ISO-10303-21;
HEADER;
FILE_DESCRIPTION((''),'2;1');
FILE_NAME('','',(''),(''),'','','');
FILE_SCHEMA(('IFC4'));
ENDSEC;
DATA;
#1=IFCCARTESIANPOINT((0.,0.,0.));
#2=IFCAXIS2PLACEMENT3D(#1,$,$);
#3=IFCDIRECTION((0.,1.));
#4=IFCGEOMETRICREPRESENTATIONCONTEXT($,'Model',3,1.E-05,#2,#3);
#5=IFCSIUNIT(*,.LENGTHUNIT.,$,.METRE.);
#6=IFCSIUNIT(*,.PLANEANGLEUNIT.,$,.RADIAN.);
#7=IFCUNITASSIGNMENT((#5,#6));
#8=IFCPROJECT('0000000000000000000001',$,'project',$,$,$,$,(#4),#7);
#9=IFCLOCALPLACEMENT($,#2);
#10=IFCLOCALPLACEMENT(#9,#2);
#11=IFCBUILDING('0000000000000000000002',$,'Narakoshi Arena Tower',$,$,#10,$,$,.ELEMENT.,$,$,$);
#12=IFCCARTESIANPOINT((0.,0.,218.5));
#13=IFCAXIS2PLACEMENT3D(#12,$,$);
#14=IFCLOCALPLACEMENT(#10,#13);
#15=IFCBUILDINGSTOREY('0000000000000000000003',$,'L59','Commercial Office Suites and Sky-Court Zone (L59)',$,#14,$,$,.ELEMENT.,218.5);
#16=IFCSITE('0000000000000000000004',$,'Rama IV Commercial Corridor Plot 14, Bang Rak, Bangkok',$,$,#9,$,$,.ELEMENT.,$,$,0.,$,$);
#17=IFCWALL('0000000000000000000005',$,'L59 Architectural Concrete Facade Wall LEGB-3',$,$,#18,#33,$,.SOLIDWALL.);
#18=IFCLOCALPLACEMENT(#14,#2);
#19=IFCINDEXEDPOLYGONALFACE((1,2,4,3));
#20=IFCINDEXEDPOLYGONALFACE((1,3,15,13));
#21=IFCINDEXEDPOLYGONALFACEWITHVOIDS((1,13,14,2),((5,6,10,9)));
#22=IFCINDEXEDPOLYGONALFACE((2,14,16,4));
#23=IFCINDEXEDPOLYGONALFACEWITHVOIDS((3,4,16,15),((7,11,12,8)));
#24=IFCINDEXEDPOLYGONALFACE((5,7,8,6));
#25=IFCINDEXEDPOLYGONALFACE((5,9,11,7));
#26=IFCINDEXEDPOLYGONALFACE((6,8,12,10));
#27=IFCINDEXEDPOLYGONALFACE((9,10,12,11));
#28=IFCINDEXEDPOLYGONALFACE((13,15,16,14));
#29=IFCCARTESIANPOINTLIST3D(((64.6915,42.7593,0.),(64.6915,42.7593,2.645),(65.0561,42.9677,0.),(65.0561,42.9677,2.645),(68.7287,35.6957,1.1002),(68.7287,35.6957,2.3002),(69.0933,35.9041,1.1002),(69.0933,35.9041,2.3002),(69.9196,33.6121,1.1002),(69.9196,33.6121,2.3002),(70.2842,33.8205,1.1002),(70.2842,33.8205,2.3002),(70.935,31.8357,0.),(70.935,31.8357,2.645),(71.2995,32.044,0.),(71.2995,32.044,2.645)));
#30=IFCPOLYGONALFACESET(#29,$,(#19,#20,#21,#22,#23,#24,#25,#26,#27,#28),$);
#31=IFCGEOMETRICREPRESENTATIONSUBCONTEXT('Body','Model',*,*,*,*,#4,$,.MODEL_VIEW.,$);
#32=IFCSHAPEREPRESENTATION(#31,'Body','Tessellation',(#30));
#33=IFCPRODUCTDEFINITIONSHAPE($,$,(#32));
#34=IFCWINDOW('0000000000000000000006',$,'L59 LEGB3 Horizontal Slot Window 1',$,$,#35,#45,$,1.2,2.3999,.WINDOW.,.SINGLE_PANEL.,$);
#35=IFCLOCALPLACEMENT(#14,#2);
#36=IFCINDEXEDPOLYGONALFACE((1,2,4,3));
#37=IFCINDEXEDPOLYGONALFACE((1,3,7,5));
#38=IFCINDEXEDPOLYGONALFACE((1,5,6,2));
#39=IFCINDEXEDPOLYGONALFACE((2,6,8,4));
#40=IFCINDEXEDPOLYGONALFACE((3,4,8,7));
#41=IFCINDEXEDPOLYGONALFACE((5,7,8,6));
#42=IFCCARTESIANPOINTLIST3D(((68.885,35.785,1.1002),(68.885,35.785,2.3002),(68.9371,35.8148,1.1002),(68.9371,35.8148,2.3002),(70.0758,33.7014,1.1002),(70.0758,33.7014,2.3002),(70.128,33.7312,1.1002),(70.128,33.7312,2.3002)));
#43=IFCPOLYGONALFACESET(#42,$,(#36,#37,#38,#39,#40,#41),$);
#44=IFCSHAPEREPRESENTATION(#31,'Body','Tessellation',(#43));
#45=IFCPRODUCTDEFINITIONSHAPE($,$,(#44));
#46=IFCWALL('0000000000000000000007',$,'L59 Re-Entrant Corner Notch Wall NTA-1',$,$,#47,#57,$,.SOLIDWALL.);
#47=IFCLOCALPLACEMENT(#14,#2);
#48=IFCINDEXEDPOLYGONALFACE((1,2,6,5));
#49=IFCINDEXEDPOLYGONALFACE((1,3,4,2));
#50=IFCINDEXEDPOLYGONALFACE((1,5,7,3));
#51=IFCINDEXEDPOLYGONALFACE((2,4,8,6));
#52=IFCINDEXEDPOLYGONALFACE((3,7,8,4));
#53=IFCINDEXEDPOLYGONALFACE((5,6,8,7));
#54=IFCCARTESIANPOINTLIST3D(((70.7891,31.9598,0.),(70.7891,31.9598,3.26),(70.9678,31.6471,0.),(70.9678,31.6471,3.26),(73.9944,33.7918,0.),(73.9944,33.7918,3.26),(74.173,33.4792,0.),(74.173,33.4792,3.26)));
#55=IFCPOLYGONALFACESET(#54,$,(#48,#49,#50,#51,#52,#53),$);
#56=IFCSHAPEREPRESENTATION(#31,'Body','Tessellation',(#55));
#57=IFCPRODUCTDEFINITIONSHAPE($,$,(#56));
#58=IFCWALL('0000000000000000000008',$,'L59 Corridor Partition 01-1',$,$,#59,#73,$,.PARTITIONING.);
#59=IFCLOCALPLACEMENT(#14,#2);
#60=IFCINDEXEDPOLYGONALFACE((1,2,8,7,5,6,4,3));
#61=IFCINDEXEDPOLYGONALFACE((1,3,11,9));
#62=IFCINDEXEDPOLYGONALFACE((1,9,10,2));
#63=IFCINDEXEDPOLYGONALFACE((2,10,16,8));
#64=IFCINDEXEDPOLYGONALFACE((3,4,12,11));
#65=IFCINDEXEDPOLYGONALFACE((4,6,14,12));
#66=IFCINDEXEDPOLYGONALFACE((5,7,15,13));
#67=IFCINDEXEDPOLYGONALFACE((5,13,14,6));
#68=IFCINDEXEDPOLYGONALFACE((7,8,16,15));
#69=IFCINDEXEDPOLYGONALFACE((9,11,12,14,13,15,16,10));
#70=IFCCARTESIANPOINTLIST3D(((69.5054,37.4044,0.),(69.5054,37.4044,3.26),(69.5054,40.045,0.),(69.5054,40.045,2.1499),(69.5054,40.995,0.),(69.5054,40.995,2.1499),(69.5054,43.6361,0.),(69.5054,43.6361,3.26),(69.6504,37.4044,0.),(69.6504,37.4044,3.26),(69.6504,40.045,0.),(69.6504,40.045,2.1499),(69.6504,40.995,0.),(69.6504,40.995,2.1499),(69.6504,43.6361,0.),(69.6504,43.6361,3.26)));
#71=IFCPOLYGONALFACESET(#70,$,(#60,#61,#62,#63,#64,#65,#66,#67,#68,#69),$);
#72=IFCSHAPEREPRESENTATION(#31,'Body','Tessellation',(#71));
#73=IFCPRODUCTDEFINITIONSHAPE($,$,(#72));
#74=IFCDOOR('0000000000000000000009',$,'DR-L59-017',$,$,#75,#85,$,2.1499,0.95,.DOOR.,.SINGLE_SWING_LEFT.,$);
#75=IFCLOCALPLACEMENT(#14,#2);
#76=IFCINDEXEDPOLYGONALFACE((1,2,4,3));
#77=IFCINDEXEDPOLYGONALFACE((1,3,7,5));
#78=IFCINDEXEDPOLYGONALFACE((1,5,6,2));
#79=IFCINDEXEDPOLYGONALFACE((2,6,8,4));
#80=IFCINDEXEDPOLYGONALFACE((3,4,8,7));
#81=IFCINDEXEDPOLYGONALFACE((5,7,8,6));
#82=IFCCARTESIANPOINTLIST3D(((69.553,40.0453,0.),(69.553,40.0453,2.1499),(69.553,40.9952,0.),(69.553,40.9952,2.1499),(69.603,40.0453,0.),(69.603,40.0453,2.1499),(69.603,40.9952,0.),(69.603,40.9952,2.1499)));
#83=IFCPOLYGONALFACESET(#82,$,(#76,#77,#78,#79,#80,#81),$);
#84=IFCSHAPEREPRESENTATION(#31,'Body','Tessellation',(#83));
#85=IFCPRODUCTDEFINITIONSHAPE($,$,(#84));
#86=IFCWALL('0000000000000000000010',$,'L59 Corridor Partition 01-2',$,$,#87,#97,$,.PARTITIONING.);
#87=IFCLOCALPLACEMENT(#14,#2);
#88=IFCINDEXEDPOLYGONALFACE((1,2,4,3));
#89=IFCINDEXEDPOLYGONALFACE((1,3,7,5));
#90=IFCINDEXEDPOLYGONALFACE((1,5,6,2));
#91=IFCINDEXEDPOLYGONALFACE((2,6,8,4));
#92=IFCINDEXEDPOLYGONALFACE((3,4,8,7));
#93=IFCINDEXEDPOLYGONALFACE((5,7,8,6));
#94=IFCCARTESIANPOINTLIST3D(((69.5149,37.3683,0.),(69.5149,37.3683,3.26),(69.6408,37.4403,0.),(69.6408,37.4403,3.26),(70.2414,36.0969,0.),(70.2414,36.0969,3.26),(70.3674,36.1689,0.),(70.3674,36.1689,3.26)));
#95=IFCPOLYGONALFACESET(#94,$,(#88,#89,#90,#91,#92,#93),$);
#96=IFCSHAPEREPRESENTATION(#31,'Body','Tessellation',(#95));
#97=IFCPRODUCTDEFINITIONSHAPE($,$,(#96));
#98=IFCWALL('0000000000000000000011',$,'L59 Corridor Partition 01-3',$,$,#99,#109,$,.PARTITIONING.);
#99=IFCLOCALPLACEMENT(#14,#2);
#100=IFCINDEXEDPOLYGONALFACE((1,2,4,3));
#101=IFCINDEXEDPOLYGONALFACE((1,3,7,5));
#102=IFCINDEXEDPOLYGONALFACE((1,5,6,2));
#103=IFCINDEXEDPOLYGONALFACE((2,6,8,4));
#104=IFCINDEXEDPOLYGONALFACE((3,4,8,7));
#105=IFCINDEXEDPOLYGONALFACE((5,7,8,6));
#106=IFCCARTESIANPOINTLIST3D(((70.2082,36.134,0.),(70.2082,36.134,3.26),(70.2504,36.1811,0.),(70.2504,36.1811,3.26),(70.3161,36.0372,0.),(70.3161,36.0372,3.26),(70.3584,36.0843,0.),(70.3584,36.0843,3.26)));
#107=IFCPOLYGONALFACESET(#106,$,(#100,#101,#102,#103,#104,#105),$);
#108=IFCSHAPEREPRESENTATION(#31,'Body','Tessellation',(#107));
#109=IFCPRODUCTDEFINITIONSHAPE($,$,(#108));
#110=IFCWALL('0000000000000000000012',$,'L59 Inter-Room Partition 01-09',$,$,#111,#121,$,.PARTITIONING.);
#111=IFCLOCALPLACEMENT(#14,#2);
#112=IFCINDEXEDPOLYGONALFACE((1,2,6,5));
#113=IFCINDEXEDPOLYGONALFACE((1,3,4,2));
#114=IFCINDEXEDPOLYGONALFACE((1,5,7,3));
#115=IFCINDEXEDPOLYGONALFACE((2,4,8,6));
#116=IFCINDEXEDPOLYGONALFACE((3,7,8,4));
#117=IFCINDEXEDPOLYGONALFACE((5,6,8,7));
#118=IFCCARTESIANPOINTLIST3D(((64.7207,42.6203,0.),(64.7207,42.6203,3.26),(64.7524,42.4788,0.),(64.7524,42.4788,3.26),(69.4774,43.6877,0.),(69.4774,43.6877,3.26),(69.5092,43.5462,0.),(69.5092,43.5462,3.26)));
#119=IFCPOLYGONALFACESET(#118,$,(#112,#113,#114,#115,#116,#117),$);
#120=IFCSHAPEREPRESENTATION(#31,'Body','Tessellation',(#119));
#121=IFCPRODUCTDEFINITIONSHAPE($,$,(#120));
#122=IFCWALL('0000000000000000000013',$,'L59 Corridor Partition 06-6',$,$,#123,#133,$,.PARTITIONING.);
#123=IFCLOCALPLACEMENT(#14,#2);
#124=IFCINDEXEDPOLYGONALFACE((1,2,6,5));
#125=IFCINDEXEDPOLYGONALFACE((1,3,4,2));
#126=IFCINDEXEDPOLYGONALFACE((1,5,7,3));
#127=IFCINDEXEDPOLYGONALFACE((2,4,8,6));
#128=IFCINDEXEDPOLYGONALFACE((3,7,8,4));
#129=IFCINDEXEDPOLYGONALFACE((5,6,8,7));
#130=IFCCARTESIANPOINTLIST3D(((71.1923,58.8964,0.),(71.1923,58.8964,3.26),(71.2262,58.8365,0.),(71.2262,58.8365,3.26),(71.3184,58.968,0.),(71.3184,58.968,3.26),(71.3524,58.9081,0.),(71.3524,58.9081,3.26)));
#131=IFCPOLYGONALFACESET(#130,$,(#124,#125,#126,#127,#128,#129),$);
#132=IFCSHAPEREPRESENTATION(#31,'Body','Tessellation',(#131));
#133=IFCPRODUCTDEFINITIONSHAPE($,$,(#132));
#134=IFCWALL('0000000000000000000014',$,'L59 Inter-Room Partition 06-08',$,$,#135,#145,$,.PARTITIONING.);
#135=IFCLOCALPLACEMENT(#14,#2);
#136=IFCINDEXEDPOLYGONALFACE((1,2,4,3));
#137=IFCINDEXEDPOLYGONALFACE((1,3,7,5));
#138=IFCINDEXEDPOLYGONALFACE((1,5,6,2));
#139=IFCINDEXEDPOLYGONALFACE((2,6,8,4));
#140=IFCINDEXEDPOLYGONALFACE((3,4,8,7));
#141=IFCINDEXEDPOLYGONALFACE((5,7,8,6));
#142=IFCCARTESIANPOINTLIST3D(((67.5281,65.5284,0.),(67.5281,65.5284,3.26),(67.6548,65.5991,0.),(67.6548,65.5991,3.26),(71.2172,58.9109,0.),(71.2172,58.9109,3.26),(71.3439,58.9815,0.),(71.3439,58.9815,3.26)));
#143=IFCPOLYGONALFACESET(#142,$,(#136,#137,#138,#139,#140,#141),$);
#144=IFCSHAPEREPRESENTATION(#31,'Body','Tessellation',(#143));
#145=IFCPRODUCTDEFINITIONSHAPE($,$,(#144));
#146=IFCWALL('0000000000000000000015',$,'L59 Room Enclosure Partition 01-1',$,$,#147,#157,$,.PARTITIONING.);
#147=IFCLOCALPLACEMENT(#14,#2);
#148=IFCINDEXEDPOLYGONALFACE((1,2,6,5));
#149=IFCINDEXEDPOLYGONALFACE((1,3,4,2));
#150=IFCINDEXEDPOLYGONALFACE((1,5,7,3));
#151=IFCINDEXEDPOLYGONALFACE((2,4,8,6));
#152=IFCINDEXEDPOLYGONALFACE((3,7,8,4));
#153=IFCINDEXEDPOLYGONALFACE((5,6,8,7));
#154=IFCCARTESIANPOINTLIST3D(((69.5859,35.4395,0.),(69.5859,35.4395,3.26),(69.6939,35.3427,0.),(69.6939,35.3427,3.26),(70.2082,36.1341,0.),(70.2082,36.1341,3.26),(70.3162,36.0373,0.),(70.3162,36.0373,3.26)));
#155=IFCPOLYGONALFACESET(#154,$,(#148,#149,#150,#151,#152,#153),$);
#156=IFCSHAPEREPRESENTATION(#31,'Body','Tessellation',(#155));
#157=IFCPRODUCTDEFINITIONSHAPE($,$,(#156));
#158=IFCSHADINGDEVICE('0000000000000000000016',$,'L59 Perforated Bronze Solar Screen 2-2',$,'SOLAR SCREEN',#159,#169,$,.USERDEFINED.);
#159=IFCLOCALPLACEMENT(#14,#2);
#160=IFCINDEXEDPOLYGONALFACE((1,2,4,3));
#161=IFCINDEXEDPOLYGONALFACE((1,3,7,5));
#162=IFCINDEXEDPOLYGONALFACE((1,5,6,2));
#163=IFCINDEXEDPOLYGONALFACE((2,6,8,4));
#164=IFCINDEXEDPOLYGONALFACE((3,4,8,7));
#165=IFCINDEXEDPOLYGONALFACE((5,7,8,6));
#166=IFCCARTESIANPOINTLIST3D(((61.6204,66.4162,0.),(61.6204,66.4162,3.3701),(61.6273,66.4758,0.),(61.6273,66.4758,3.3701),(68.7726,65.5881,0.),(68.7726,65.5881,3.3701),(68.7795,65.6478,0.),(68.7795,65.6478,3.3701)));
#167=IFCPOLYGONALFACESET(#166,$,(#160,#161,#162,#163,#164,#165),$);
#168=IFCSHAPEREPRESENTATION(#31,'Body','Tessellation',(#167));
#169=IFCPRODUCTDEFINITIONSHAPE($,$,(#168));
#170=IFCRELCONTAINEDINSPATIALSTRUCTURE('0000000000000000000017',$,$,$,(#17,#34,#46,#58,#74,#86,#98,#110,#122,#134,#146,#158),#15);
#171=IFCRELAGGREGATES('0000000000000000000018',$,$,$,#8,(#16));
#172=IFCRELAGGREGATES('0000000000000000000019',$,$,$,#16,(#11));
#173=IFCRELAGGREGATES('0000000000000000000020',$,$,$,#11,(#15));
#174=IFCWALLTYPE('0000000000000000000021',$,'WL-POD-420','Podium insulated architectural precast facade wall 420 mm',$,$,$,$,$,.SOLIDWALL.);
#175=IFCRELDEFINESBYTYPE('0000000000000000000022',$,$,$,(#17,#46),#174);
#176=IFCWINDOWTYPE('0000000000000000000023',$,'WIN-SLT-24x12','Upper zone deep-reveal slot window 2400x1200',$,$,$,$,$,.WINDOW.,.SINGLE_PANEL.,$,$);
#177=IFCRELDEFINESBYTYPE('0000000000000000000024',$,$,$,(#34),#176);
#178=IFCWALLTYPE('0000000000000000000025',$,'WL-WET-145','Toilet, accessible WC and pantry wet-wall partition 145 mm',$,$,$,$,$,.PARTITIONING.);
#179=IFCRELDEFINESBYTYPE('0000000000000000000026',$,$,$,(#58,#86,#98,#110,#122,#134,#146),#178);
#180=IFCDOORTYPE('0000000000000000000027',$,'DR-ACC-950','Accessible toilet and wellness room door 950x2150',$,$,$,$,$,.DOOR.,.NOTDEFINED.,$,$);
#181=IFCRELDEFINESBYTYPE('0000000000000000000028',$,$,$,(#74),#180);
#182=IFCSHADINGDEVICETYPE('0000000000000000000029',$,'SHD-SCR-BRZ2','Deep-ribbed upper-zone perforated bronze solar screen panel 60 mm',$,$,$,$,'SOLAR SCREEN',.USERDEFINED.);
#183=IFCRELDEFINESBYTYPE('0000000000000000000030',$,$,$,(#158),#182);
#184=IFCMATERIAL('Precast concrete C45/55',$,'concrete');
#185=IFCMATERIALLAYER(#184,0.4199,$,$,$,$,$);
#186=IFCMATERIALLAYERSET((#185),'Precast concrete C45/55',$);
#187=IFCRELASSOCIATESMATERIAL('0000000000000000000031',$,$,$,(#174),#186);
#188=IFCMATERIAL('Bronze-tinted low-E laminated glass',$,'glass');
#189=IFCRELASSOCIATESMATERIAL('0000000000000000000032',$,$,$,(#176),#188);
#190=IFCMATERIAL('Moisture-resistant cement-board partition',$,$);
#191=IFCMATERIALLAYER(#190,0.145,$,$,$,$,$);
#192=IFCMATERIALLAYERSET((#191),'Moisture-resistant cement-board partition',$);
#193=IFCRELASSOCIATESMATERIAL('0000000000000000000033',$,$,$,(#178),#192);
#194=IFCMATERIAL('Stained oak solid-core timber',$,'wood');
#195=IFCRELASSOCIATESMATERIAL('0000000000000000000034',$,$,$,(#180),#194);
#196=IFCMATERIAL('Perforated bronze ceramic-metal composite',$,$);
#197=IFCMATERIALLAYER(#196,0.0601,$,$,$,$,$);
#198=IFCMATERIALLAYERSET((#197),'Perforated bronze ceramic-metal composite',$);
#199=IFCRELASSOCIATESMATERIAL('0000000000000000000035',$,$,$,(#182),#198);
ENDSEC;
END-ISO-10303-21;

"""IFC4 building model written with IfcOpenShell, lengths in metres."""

from ifc_helpers import new_model, si_unit, direction, frame, frame_2d, origin, origin_2d, place, context, subcontext, project, spatial, rectangle, extrude, material, layer, layer_set, type_object, element, fill, save


model = new_model("IFC4")

# Units and contexts
model_context = context("Model", 3, precision=1e-05, world=origin(), true_north=direction((0.0, 1.0)))
body_context = subcontext(model_context, "Body", "Model", "MODEL_VIEW")
ifc_project = project(units=[si_unit("LENGTHUNIT", "METRE"), si_unit("PLANEANGLEUNIT", "RADIAN")], contexts=[model_context])

# Site, building, storey
site_placement = place(None, origin())
site = spatial("IfcSite", under=ifc_project, at=site_placement, Name="Rama IV Commercial Corridor Plot 14, Bang Rak, Bangkok", CompositionType="ELEMENT", RefElevation=0.0)
building_placement = place(site_placement, origin())
building = spatial("IfcBuilding", under=site, at=building_placement, Name="Narakoshi Arena Tower", CompositionType="ELEMENT")
storey_placement = place(building_placement, frame((0.0, 0.0, 218.5)))
storey = spatial("IfcBuildingStorey", under=building, at=storey_placement, Name="L59", Description="Commercial Office Suites and Sky-Court Zone (L59)", CompositionType="ELEMENT", Elevation=218.5)

# Shared definitions
ifc_material_1 = material(Name="Bronze-tinted low-E laminated glass", Category="glass")

# Shared definitions
ifc_material_2 = material(Name="Stained oak solid-core timber", Category="wood")

# Wall, opening, window
ifc_material_3 = material(Name="Precast concrete C45/55", Category="concrete")
ifc_layer_1 = layer(ifc_material_3, 0.4199)
ifc_layer_set_1 = layer_set([ifc_layer_1], Name="Precast concrete C45/55")
wall_type_1 = type_object("IfcWallType", Name="WL-POD-420", Description="Podium insulated architectural precast facade wall 420 mm", PredefinedType="SOLIDWALL", material=ifc_layer_set_1)
wall_1_placement = place(storey_placement, frame((64.8738, 42.8635, 0.0), z_axis=(0.0, 0.0, 1.0), x_axis=(0.49622, -0.868197, 0.0)))
wall_1 = element("IfcWall", 1, at=wall_1_placement, inside=storey, type_object=wall_type_1, Name="L59 Architectural Concrete Facade Wall LEGB-3", PredefinedType="SOLIDWALL", context=body_context, shape_type="SweptSolid", body=[
    extrude(rectangle(XDim=12.582, YDim=0.4199, at=frame_2d((6.291, 0.0))), origin(), (0.0, 0.0, 1.0), 2.645),
])
opening_1_placement = place(wall_1_placement, frame((8.136, 0.0, 1.1001)))
opening_1 = element("IfcOpeningElement", 2, at=opening_1_placement, cuts=wall_1, PredefinedType="OPENING", context=body_context, shape_type="SweptSolid", body=[
    extrude(rectangle(XDim=2.3999, YDim=1.2, at=frame_2d((1.2, 0.6001))), frame((0.0, 0.22, 0.0), z_axis=(0.0, -1.0, 0.0), x_axis=(1.0, 0.0, 0.0)), (0.0, 0.0, 1.0), 0.4399),
])
window_type = type_object("IfcWindowType", Name="WIN-SLT-24x12", Description="Upper zone deep-reveal slot window 2400x1200", PartitioningType="SINGLE_PANEL", PredefinedType="WINDOW", material=ifc_material_1)
window_placement = place(opening_1_placement, origin())
window = element("IfcWindow", 3, at=window_placement, inside=storey, type_object=window_type, Name="L59 LEGB3 Horizontal Slot Window 1", OverallHeight=1.2, OverallWidth=2.3999, PartitioningType="SINGLE_PANEL", PredefinedType="WINDOW", context=body_context, shape_type="SweptSolid", body=[
    extrude(rectangle(XDim=2.3999, YDim=1.2, at=frame_2d((1.2, 0.6001))), frame((0.0, 0.03, 0.0), z_axis=(0.0, -1.0, 0.0), x_axis=(1.0, 0.0, 0.0)), (0.0, 0.0, 1.0), 0.0601),
])
fill(opening_1, window)

# Wall
wall_2_placement = place(storey_placement, frame((70.8784, 31.8035, 0.0), z_axis=(0.0, 0.0, 1.0), x_axis=(0.868194, 0.496224, 0.0)))
element("IfcWall", 4, at=wall_2_placement, inside=storey, type_object=wall_type_1, Name="L59 Re-Entrant Corner Notch Wall NTA-1", PredefinedType="SOLIDWALL", context=body_context, shape_type="SweptSolid", body=[
    extrude(rectangle(XDim=3.6919, YDim=0.3601, at=frame_2d((1.8459, 0.0))), origin(), (0.0, 0.0, 1.0), 3.26),
])

# Wall, opening, door
ifc_material_4 = material(Name="Moisture-resistant cement-board partition")
ifc_layer_2 = layer(ifc_material_4, 0.145)
ifc_layer_set_2 = layer_set([ifc_layer_2], Name="Moisture-resistant cement-board partition")
wall_type_2 = type_object("IfcWallType", Name="WL-WET-145", Description="Toilet, accessible WC and pantry wet-wall partition 145 mm", PredefinedType="PARTITIONING", material=ifc_layer_set_2)
wall_3_placement = place(storey_placement, frame((69.5779, 43.636, 0.0), z_axis=(0.0, 0.0, 1.0), x_axis=(0.0, -1.0, 0.0)))
wall_3 = element("IfcWall", 5, at=wall_3_placement, inside=storey, type_object=wall_type_2, Name="L59 Corridor Partition 01-1", PredefinedType="PARTITIONING", context=body_context, shape_type="SweptSolid", body=[
    extrude(rectangle(XDim=6.2317, YDim=0.145, at=frame_2d((3.1157, 0.0))), origin(), (0.0, 0.0, 1.0), 3.26),
])
opening_2_placement = place(wall_3_placement, frame((2.6409, 0.0, 0.0)))
opening_2 = element("IfcOpeningElement", 6, at=opening_2_placement, cuts=wall_3, PredefinedType="OPENING", context=body_context, shape_type="SweptSolid", body=[
    extrude(rectangle(XDim=0.95, YDim=2.1499, at=frame_2d((0.4751, 1.075))), frame((0.0, 0.0825, 0.0), z_axis=(0.0, -1.0, 0.0), x_axis=(1.0, 0.0, 0.0)), (0.0, 0.0, 1.0), 0.165),
])
door_type_1 = type_object("IfcDoorType", Name="DR-ACC-950", Description="Accessible toilet and wellness room door 950x2150", OperationType="NOTDEFINED", PredefinedType="DOOR", material=ifc_material_2)
door_1_placement = place(opening_2_placement, frame((0.95, 0.0, 0.0), z_axis=(0.0, 0.0, 1.0), x_axis=(-1.0, 0.0, 0.0)))
door_1 = element("IfcDoor", 7, at=door_1_placement, inside=storey, type_object=door_type_1, Name="DR-L59-017", OperationType="SINGLE_SWING_LEFT", OverallHeight=2.1499, OverallWidth=0.95, PredefinedType="DOOR", context=body_context, shape_type="SweptSolid", body=[
    extrude(rectangle(XDim=0.95, YDim=2.1499, at=frame_2d((0.4751, 1.075))), frame((0.0, 0.0249, 0.0), z_axis=(0.0, -1.0, 0.0), x_axis=(1.0, 0.0, 0.0)), (0.0, 0.0, 1.0), 0.05),
])
fill(opening_2, door_1)

# Walls
wall_4_placement = place(storey_placement, frame((69.5779, 37.4043, 0.0), z_axis=(0.0, 0.0, 1.0), x_axis=(0.496139, -0.868243, 0.0)))
element("IfcWall", 8, at=wall_4_placement, inside=storey, type_object=wall_type_2, Name="L59 Corridor Partition 01-2", PredefinedType="PARTITIONING", context=body_context, shape_type="SweptSolid", body=[
    extrude(rectangle(XDim=1.4644, YDim=0.145, at=frame_2d((0.7322, 0.0))), origin(), (0.0, 0.0, 1.0), 3.26),
])
wall_5_placement = place(storey_placement, frame((70.3044, 36.1328, 0.0), z_axis=(0.0, 0.0, 1.0), x_axis=(-0.667471, -0.744636, 0.0)))
element("IfcWall", 9, at=wall_5_placement, inside=storey, type_object=wall_type_2, Name="L59 Corridor Partition 01-3", PredefinedType="PARTITIONING", context=body_context, shape_type="SweptSolid", body=[
    extrude(rectangle(XDim=0.0632, YDim=0.145, at=frame_2d((0.0317, 0.0))), origin(), (0.0, 0.0, 1.0), 3.26),
])
wall_6_placement = place(storey_placement, frame((64.7366, 42.5496, 0.0), z_axis=(0.0, 0.0, 1.0), x_axis=(0.975737, 0.218945, 0.0)))
element("IfcWall", 10, at=wall_6_placement, inside=storey, type_object=wall_type_2, Name="L59 Inter-Room Partition 01-09", PredefinedType="PARTITIONING", context=body_context, shape_type="SweptSolid", body=[
    extrude(rectangle(XDim=4.875, YDim=0.145, at=frame_2d((2.4375, 0.0))), origin(), (0.0, 0.0, 1.0), 3.26),
])
wall_7_placement = place(storey_placement, frame((71.2893, 58.8723, 0.0), z_axis=(0.0, 0.0, 1.0), x_axis=(-0.49346, 0.869768, 0.0)))
element("IfcWall", 11, at=wall_7_placement, inside=storey, type_object=wall_type_2, Name="L59 Corridor Partition 06-6", PredefinedType="PARTITIONING", context=body_context, shape_type="SweptSolid", body=[
    extrude(rectangle(XDim=0.0688, YDim=0.145, at=frame_2d((0.0344, 0.0))), origin(), (0.0, 0.0, 1.0), 3.26),
])
wall_8_placement = place(storey_placement, frame((71.2805, 58.9463, 0.0), z_axis=(0.0, 0.0, 1.0), x_axis=(-0.486926, 0.873443, 0.0)))
element("IfcWall", 12, at=wall_8_placement, inside=storey, type_object=wall_type_2, Name="L59 Inter-Room Partition 06-08", PredefinedType="PARTITIONING", context=body_context, shape_type="SweptSolid", body=[
    extrude(rectangle(XDim=7.5764, YDim=0.145, at=frame_2d((3.7881, 0.0))), origin(), (0.0, 0.0, 1.0), 3.26),
])
wall_9_placement = place(storey_placement, frame((70.2622, 36.0857, 0.0), z_axis=(0.0, 0.0, 1.0), x_axis=(-0.6673, -0.744789, 0.0)))
element("IfcWall", 13, at=wall_9_placement, inside=storey, type_object=wall_type_2, Name="L59 Room Enclosure Partition 01-1", PredefinedType="PARTITIONING", context=body_context, shape_type="SweptSolid", body=[
    extrude(rectangle(XDim=0.9326, YDim=0.145, at=frame_2d((0.4663, 0.0))), origin(), (0.0, 0.0, 1.0), 3.26),
])

# Shading device
ifc_material_5 = material(Name="Perforated bronze ceramic-metal composite")
ifc_layer_3 = layer(ifc_material_5, 0.0601)
ifc_layer_set_3 = layer_set([ifc_layer_3], Name="Perforated bronze ceramic-metal composite")
shading_device_type = type_object("IfcShadingDeviceType", Name="SHD-SCR-BRZ2", Description="Deep-ribbed upper-zone perforated bronze solar screen panel 60 mm", ElementType="SOLAR SCREEN", PredefinedType="USERDEFINED", material=ifc_layer_set_3)
shading_device_placement = place(storey_placement, frame((65.2, 66.032, 0.0), z_axis=(0.0, 0.0, 1.0), x_axis=(-0.993365, 0.115007, 0.0)))
element("IfcShadingDevice", 14, at=shading_device_placement, inside=storey, type_object=shading_device_type, Name="L59 Perforated Bronze Solar Screen 2-2", ObjectType="SOLAR SCREEN", PredefinedType="USERDEFINED", context=body_context, shape_type="SweptSolid", body=[
    extrude(rectangle(XDim=7.2, YDim=0.0601, at=origin_2d()), origin(), (0.0, 0.0, 1.0), 3.3701),
])

save(model, "model.ifc")
